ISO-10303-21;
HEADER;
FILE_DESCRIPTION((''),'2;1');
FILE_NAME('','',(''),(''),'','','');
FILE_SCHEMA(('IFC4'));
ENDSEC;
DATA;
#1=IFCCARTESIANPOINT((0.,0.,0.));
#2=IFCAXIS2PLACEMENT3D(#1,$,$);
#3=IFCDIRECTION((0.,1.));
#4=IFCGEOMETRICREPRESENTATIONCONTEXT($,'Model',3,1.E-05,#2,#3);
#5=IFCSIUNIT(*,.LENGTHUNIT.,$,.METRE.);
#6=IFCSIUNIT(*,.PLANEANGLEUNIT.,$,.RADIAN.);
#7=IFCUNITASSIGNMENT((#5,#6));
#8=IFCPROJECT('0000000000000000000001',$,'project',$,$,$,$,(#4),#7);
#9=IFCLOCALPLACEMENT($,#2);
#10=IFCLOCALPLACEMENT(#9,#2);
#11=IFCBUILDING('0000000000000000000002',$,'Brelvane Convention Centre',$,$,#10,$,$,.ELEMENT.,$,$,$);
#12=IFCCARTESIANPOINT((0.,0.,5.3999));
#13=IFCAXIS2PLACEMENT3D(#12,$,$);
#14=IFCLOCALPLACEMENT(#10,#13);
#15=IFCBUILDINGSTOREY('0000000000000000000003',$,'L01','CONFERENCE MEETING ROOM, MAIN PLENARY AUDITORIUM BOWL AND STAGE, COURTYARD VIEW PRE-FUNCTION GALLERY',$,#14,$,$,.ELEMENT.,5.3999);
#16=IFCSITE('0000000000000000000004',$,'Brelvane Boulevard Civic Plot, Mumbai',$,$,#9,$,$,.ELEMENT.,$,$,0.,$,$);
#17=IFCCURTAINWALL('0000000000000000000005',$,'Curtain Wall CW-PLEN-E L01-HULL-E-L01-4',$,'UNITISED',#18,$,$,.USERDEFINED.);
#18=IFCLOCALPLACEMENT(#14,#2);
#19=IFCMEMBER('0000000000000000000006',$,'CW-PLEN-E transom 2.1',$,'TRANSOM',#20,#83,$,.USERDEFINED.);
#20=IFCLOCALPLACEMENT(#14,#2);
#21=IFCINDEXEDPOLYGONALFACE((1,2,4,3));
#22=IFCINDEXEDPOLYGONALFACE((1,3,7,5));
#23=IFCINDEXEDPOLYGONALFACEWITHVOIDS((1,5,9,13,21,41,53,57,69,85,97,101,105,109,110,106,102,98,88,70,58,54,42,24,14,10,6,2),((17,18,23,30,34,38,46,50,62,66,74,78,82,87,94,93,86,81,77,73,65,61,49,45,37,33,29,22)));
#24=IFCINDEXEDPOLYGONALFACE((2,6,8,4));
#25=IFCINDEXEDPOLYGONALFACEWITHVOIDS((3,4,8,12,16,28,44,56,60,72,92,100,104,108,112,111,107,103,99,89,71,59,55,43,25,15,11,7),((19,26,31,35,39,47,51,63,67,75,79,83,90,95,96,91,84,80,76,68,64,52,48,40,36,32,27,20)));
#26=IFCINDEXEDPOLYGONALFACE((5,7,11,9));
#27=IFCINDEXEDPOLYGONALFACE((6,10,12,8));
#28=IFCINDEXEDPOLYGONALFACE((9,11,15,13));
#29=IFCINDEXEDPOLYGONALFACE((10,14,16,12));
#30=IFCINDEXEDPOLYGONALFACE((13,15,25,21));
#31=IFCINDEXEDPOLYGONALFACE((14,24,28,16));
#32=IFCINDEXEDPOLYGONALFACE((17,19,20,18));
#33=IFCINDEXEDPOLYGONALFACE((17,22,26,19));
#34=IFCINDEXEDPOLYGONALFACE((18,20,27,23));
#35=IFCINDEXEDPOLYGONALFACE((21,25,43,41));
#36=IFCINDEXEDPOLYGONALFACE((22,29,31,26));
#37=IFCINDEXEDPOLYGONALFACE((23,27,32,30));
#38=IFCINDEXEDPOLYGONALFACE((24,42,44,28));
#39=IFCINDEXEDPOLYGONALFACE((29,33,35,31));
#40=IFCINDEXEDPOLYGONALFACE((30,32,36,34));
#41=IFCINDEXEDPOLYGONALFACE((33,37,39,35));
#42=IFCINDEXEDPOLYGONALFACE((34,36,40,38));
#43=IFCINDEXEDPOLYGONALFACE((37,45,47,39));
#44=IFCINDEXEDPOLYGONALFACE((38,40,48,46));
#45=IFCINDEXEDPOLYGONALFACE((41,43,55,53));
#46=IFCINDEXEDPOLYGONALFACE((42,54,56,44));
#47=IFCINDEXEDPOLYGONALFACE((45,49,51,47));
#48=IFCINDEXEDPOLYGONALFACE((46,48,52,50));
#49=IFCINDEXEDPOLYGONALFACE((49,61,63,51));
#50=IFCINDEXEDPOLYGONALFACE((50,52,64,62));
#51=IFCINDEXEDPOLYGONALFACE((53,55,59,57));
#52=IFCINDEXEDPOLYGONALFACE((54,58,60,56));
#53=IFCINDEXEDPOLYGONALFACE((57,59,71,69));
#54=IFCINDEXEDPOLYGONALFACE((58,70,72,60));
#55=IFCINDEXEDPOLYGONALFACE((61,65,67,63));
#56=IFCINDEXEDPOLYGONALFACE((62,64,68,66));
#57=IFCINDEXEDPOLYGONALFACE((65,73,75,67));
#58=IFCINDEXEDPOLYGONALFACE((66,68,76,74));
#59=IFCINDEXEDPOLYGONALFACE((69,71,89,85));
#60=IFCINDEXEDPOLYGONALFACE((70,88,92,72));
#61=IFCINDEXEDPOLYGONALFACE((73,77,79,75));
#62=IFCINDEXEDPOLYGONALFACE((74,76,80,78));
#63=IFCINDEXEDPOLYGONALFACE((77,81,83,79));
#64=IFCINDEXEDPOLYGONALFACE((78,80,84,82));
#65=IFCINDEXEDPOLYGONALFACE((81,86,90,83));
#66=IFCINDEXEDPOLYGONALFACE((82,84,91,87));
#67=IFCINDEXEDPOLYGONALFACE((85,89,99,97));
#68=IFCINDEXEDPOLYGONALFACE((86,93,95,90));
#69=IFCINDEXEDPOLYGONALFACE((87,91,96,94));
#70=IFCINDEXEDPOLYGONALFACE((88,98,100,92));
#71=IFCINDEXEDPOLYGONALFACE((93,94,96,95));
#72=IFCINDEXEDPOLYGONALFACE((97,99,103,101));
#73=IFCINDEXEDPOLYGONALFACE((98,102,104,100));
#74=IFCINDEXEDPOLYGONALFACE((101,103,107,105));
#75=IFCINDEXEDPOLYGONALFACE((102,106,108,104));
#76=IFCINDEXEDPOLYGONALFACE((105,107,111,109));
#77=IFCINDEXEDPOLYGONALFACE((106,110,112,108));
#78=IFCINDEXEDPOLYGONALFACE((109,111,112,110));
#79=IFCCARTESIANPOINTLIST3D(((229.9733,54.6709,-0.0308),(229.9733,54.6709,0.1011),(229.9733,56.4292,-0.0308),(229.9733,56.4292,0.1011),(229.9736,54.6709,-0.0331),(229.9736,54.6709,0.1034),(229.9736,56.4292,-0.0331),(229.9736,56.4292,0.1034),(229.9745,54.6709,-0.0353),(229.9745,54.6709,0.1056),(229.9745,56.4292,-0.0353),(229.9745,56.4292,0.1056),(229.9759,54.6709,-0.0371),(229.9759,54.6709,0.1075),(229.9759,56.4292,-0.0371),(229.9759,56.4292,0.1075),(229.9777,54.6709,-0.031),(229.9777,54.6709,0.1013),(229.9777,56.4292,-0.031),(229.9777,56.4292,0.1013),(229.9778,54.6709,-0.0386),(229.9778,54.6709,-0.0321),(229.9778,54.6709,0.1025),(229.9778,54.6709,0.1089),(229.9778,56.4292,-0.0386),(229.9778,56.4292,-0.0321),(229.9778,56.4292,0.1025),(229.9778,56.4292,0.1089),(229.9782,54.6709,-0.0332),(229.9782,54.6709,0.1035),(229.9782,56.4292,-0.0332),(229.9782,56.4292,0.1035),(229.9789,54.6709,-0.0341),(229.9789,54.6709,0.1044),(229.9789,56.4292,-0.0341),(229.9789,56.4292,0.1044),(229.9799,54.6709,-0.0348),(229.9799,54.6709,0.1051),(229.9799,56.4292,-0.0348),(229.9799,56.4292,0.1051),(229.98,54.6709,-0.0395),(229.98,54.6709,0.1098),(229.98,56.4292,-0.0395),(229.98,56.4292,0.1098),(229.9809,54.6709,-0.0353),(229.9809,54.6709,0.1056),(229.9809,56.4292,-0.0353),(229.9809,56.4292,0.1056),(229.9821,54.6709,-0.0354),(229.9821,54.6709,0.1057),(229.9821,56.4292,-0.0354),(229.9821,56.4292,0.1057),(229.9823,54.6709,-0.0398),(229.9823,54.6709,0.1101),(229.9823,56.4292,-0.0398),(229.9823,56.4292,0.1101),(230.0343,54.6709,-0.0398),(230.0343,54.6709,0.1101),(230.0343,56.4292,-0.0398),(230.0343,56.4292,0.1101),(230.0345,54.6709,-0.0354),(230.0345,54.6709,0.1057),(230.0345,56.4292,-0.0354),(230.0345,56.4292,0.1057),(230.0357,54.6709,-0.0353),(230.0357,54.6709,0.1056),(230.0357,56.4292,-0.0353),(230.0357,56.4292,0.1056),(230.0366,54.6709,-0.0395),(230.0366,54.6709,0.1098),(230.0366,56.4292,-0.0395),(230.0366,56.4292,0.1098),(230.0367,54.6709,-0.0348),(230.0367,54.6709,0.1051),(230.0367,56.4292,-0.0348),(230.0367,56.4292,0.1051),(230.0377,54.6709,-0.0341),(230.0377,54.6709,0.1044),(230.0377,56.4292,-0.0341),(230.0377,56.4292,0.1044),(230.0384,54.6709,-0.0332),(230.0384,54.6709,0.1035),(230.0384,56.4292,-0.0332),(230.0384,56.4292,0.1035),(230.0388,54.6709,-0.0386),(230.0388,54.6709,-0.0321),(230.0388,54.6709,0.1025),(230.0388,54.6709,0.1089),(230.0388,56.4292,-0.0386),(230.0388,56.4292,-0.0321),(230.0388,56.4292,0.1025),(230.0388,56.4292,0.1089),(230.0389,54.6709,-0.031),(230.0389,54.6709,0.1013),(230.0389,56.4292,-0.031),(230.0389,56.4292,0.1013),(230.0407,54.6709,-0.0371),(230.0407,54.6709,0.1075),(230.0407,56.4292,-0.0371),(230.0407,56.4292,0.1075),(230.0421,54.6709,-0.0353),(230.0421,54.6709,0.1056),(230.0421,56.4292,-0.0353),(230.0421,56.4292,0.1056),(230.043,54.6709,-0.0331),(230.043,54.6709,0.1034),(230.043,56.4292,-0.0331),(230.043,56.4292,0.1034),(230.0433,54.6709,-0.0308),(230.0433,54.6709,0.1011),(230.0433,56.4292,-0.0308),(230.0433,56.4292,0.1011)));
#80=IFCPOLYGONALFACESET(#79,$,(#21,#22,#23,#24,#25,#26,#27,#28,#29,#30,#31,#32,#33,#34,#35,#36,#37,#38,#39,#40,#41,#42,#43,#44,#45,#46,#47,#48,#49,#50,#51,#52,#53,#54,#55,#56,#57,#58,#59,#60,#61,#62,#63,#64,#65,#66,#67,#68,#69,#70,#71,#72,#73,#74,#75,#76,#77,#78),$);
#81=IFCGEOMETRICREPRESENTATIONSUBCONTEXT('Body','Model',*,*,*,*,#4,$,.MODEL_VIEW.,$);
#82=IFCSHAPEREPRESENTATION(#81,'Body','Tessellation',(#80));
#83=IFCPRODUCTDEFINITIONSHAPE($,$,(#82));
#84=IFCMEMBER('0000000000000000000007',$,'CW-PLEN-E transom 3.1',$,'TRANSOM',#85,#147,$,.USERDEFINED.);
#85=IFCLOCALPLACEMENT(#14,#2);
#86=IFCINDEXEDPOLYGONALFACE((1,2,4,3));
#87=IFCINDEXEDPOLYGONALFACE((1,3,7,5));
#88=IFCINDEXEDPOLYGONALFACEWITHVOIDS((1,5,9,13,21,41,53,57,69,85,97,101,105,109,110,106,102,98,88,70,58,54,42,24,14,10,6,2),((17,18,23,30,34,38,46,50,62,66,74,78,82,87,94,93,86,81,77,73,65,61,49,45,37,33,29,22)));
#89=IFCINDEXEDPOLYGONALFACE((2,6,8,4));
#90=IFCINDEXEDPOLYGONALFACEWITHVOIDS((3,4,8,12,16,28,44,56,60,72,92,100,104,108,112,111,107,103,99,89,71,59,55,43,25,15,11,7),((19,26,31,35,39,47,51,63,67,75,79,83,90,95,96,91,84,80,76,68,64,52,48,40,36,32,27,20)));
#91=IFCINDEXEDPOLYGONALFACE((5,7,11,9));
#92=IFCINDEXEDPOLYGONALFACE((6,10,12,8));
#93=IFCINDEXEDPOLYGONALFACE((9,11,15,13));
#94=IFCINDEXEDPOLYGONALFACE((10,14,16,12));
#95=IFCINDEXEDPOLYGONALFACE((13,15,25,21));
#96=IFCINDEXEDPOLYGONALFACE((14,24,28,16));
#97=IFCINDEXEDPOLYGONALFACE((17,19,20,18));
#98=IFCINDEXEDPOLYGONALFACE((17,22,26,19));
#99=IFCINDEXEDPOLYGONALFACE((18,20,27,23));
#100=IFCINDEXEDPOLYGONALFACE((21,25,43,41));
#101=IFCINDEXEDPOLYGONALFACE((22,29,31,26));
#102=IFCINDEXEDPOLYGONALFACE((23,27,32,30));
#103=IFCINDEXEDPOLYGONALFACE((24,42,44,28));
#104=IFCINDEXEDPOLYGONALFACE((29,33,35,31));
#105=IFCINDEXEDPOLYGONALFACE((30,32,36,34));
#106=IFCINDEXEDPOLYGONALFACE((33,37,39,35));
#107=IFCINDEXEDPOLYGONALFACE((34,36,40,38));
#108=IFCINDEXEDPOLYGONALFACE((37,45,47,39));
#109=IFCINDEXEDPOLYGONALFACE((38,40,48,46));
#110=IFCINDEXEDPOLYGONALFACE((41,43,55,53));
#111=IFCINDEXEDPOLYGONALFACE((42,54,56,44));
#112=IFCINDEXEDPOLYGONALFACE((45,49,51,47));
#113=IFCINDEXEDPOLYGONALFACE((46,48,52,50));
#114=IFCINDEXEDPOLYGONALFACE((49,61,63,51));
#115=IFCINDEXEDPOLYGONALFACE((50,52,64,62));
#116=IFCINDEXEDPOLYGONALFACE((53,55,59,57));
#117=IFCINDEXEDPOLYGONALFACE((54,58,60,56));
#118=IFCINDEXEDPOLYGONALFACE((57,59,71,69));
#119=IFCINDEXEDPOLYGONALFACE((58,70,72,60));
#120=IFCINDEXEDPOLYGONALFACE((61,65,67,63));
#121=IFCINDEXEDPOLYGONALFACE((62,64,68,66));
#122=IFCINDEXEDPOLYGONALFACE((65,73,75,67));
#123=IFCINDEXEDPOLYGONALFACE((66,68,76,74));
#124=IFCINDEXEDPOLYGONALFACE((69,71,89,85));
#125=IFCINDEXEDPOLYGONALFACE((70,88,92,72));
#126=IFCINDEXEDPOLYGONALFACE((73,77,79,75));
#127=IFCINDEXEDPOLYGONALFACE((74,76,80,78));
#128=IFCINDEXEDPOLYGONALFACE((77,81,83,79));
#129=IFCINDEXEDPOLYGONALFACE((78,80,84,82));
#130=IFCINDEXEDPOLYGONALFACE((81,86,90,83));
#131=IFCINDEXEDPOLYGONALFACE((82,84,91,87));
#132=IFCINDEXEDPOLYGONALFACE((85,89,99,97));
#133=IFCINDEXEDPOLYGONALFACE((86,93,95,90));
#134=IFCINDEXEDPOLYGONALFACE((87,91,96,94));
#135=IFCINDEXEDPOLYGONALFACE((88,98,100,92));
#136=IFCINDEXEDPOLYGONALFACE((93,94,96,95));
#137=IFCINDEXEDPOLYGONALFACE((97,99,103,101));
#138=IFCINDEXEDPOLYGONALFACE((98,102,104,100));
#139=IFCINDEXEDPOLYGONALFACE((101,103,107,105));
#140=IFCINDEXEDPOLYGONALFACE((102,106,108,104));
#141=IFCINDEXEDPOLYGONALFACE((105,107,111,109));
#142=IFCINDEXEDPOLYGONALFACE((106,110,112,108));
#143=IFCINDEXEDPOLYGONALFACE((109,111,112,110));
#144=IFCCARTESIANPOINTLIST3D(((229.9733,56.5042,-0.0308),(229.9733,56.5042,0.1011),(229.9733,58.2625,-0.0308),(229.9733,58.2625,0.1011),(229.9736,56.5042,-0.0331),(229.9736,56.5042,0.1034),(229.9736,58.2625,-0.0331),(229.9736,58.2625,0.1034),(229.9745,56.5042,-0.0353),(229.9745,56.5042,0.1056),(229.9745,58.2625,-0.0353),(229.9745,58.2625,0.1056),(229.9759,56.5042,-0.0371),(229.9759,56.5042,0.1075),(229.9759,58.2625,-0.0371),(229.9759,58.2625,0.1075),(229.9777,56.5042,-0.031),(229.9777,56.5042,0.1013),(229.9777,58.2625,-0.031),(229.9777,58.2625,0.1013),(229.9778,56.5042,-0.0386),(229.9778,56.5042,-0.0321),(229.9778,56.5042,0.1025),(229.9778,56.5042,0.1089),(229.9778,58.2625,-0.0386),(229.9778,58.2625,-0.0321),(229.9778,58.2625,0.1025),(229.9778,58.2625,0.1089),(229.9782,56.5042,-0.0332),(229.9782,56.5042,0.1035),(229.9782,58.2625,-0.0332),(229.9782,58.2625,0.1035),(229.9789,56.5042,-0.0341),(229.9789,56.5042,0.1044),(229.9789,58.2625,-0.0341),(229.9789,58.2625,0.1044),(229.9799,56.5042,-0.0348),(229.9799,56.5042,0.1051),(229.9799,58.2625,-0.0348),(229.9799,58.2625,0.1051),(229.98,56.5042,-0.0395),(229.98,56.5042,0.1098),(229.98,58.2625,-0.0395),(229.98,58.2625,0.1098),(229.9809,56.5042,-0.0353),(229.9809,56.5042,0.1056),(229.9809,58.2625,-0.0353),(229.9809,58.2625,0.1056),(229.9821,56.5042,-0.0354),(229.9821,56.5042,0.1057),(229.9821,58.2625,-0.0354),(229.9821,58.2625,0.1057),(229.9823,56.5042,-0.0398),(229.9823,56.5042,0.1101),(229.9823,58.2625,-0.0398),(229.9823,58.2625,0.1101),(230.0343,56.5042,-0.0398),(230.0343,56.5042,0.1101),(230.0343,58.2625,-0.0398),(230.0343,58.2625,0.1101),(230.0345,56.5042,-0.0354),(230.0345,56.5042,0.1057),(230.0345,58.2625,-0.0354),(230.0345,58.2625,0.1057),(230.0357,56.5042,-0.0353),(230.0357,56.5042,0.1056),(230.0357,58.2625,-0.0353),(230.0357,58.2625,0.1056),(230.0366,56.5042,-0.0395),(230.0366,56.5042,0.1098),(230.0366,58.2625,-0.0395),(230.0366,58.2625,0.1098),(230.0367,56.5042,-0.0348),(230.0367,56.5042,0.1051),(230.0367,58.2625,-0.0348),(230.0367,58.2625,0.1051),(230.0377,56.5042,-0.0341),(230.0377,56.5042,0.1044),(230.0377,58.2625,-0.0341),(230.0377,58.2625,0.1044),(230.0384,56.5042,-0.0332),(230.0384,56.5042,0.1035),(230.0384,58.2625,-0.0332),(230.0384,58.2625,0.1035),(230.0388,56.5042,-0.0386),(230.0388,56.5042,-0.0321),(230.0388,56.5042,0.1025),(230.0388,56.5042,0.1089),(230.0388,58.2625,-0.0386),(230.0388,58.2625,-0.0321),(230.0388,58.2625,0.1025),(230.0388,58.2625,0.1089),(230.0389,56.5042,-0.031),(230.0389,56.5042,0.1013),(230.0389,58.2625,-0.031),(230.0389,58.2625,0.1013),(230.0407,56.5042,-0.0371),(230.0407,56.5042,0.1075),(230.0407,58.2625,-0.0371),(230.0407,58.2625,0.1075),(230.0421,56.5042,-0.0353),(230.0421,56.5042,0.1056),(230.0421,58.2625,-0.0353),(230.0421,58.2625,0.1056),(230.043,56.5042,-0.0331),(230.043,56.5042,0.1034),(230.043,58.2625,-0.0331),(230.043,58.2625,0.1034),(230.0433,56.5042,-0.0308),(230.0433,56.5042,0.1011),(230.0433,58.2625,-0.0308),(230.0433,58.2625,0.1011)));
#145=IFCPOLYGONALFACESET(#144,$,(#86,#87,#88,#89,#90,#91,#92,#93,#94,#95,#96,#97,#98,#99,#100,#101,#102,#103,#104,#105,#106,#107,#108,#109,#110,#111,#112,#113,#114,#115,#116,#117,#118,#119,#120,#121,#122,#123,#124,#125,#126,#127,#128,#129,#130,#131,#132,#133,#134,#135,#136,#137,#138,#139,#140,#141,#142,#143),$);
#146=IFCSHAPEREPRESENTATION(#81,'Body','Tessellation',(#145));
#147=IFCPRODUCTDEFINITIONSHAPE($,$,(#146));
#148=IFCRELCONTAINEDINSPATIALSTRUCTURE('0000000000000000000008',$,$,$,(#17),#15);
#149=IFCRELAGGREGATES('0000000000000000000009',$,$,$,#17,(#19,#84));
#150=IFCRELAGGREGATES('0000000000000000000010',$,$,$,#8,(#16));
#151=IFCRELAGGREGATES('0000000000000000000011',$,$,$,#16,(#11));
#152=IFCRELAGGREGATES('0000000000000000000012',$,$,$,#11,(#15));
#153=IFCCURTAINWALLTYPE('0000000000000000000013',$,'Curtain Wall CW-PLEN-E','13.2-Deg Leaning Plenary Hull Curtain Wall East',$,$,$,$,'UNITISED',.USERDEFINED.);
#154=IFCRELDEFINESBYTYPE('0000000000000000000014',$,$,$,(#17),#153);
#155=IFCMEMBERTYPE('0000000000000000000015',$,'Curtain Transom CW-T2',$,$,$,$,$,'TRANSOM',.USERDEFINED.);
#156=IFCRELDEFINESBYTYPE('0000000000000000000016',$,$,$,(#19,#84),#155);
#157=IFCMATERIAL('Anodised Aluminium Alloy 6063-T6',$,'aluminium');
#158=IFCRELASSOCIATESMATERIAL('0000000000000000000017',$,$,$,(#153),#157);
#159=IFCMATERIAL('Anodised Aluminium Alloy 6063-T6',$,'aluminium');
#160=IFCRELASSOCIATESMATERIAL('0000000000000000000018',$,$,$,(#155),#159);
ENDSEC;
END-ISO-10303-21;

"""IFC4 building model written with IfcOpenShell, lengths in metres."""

from ifc_helpers import new_model, si_unit, direction, frame, origin, origin_2d, place, context, subcontext, project, spatial, hollow_rectangle, extrude, material, material_profile, profile_set, type_object, element, aggregate, save


model = new_model("IFC4")

# Units and contexts
model_context = context("Model", 3, precision=1e-05, world=origin(), true_north=direction((0.0, 1.0)))
body_context = subcontext(model_context, "Body", "Model", "MODEL_VIEW")
ifc_project = project(units=[si_unit("LENGTHUNIT", "METRE"), si_unit("PLANEANGLEUNIT", "RADIAN")], contexts=[model_context])

# Site, building, storey
site_placement = place(None, origin())
site = spatial("IfcSite", under=ifc_project, at=site_placement, Name="Brelvane Boulevard Civic Plot, Mumbai", CompositionType="ELEMENT", RefElevation=0.0)
building_placement = place(site_placement, origin())
building = spatial("IfcBuilding", under=site, at=building_placement, Name="Brelvane Convention Centre", CompositionType="ELEMENT")
storey_placement = place(building_placement, frame((0.0, 0.0, 5.3999)))
storey = spatial("IfcBuildingStorey", under=building, at=storey_placement, Name="L01", Description="CONFERENCE MEETING ROOM, MAIN PLENARY AUDITORIUM BOWL AND STAGE, COURTYARD VIEW PRE-FUNCTION GALLERY", CompositionType="ELEMENT", Elevation=5.3999)

# Curtain wall
ifc_material_1 = material(Name="Anodised Aluminium Alloy 6063-T6", Category="aluminium")
curtain_wall_type = type_object("IfcCurtainWallType", Name="Curtain Wall CW-PLEN-E", Description="13.2-Deg Leaning Plenary Hull Curtain Wall East", ElementType="UNITISED", PredefinedType="USERDEFINED", material=ifc_material_1)
curtain_wall_1_placement = place(storey_placement, origin())
curtain_wall_1 = element("IfcCurtainWall", 1, at=curtain_wall_1_placement, inside=storey, type_object=curtain_wall_type, Name="Curtain Wall CW-PLEN-E L01-HULL-E-L01-4", ObjectType="UNITISED", PredefinedType="USERDEFINED")

# Members
ifc_material_2 = material(Name="Anodised Aluminium Alloy 6063-T6", Category="aluminium")
ifc_material_profile_1 = material_profile(ifc_material_2, hollow_rectangle(XDim=0.0701, YDim=0.1499, WallThickness=0.0044, InnerFilletRadius=0.0044, OuterFilletRadius=0.009, at=origin_2d()), Name="ALU-T 150x70x4.5")
ifc_profile_set_1 = profile_set([ifc_material_profile_1], Name="Anodised Aluminium Alloy 6063-T6")
member_type_1 = type_object("IfcMemberType", Name="Curtain Transom CW-T2", ElementType="TRANSOM", PredefinedType="USERDEFINED", material=ifc_profile_set_1)
member_1_placement = place(storey_placement, frame((230.0083, 54.6709, 0.0352), z_axis=(0.0, 1.0, 0.0), x_axis=(-1.0, 0.0, 0.0)))
member_1 = element("IfcMember", 2, at=member_1_placement, type_object=member_type_1, Name="CW-PLEN-E transom 2.1", ObjectType="TRANSOM", PredefinedType="USERDEFINED", context=body_context, shape_type="SweptSolid", body=[
    extrude(hollow_rectangle(XDim=0.0701, YDim=0.1499, WallThickness=0.0044, InnerFilletRadius=0.0044, OuterFilletRadius=0.009, at=origin_2d()), origin(), (0.0, 0.0, 1.0), 1.7583),
])
member_2_placement = place(storey_placement, frame((230.0083, 56.5042, 0.0352), z_axis=(0.0, 1.0, 0.0), x_axis=(-1.0, 0.0, 0.0)))
member_2 = element("IfcMember", 3, at=member_2_placement, type_object=member_type_1, Name="CW-PLEN-E transom 3.1", ObjectType="TRANSOM", PredefinedType="USERDEFINED", context=body_context, shape_type="SweptSolid", body=[
    extrude(hollow_rectangle(XDim=0.0701, YDim=0.1499, WallThickness=0.0044, InnerFilletRadius=0.0044, OuterFilletRadius=0.009, at=origin_2d()), origin(), (0.0, 0.0, 1.0), 1.7583),
])

aggregate(curtain_wall_1, [member_1, member_2])

save(model, "model.ifc")
